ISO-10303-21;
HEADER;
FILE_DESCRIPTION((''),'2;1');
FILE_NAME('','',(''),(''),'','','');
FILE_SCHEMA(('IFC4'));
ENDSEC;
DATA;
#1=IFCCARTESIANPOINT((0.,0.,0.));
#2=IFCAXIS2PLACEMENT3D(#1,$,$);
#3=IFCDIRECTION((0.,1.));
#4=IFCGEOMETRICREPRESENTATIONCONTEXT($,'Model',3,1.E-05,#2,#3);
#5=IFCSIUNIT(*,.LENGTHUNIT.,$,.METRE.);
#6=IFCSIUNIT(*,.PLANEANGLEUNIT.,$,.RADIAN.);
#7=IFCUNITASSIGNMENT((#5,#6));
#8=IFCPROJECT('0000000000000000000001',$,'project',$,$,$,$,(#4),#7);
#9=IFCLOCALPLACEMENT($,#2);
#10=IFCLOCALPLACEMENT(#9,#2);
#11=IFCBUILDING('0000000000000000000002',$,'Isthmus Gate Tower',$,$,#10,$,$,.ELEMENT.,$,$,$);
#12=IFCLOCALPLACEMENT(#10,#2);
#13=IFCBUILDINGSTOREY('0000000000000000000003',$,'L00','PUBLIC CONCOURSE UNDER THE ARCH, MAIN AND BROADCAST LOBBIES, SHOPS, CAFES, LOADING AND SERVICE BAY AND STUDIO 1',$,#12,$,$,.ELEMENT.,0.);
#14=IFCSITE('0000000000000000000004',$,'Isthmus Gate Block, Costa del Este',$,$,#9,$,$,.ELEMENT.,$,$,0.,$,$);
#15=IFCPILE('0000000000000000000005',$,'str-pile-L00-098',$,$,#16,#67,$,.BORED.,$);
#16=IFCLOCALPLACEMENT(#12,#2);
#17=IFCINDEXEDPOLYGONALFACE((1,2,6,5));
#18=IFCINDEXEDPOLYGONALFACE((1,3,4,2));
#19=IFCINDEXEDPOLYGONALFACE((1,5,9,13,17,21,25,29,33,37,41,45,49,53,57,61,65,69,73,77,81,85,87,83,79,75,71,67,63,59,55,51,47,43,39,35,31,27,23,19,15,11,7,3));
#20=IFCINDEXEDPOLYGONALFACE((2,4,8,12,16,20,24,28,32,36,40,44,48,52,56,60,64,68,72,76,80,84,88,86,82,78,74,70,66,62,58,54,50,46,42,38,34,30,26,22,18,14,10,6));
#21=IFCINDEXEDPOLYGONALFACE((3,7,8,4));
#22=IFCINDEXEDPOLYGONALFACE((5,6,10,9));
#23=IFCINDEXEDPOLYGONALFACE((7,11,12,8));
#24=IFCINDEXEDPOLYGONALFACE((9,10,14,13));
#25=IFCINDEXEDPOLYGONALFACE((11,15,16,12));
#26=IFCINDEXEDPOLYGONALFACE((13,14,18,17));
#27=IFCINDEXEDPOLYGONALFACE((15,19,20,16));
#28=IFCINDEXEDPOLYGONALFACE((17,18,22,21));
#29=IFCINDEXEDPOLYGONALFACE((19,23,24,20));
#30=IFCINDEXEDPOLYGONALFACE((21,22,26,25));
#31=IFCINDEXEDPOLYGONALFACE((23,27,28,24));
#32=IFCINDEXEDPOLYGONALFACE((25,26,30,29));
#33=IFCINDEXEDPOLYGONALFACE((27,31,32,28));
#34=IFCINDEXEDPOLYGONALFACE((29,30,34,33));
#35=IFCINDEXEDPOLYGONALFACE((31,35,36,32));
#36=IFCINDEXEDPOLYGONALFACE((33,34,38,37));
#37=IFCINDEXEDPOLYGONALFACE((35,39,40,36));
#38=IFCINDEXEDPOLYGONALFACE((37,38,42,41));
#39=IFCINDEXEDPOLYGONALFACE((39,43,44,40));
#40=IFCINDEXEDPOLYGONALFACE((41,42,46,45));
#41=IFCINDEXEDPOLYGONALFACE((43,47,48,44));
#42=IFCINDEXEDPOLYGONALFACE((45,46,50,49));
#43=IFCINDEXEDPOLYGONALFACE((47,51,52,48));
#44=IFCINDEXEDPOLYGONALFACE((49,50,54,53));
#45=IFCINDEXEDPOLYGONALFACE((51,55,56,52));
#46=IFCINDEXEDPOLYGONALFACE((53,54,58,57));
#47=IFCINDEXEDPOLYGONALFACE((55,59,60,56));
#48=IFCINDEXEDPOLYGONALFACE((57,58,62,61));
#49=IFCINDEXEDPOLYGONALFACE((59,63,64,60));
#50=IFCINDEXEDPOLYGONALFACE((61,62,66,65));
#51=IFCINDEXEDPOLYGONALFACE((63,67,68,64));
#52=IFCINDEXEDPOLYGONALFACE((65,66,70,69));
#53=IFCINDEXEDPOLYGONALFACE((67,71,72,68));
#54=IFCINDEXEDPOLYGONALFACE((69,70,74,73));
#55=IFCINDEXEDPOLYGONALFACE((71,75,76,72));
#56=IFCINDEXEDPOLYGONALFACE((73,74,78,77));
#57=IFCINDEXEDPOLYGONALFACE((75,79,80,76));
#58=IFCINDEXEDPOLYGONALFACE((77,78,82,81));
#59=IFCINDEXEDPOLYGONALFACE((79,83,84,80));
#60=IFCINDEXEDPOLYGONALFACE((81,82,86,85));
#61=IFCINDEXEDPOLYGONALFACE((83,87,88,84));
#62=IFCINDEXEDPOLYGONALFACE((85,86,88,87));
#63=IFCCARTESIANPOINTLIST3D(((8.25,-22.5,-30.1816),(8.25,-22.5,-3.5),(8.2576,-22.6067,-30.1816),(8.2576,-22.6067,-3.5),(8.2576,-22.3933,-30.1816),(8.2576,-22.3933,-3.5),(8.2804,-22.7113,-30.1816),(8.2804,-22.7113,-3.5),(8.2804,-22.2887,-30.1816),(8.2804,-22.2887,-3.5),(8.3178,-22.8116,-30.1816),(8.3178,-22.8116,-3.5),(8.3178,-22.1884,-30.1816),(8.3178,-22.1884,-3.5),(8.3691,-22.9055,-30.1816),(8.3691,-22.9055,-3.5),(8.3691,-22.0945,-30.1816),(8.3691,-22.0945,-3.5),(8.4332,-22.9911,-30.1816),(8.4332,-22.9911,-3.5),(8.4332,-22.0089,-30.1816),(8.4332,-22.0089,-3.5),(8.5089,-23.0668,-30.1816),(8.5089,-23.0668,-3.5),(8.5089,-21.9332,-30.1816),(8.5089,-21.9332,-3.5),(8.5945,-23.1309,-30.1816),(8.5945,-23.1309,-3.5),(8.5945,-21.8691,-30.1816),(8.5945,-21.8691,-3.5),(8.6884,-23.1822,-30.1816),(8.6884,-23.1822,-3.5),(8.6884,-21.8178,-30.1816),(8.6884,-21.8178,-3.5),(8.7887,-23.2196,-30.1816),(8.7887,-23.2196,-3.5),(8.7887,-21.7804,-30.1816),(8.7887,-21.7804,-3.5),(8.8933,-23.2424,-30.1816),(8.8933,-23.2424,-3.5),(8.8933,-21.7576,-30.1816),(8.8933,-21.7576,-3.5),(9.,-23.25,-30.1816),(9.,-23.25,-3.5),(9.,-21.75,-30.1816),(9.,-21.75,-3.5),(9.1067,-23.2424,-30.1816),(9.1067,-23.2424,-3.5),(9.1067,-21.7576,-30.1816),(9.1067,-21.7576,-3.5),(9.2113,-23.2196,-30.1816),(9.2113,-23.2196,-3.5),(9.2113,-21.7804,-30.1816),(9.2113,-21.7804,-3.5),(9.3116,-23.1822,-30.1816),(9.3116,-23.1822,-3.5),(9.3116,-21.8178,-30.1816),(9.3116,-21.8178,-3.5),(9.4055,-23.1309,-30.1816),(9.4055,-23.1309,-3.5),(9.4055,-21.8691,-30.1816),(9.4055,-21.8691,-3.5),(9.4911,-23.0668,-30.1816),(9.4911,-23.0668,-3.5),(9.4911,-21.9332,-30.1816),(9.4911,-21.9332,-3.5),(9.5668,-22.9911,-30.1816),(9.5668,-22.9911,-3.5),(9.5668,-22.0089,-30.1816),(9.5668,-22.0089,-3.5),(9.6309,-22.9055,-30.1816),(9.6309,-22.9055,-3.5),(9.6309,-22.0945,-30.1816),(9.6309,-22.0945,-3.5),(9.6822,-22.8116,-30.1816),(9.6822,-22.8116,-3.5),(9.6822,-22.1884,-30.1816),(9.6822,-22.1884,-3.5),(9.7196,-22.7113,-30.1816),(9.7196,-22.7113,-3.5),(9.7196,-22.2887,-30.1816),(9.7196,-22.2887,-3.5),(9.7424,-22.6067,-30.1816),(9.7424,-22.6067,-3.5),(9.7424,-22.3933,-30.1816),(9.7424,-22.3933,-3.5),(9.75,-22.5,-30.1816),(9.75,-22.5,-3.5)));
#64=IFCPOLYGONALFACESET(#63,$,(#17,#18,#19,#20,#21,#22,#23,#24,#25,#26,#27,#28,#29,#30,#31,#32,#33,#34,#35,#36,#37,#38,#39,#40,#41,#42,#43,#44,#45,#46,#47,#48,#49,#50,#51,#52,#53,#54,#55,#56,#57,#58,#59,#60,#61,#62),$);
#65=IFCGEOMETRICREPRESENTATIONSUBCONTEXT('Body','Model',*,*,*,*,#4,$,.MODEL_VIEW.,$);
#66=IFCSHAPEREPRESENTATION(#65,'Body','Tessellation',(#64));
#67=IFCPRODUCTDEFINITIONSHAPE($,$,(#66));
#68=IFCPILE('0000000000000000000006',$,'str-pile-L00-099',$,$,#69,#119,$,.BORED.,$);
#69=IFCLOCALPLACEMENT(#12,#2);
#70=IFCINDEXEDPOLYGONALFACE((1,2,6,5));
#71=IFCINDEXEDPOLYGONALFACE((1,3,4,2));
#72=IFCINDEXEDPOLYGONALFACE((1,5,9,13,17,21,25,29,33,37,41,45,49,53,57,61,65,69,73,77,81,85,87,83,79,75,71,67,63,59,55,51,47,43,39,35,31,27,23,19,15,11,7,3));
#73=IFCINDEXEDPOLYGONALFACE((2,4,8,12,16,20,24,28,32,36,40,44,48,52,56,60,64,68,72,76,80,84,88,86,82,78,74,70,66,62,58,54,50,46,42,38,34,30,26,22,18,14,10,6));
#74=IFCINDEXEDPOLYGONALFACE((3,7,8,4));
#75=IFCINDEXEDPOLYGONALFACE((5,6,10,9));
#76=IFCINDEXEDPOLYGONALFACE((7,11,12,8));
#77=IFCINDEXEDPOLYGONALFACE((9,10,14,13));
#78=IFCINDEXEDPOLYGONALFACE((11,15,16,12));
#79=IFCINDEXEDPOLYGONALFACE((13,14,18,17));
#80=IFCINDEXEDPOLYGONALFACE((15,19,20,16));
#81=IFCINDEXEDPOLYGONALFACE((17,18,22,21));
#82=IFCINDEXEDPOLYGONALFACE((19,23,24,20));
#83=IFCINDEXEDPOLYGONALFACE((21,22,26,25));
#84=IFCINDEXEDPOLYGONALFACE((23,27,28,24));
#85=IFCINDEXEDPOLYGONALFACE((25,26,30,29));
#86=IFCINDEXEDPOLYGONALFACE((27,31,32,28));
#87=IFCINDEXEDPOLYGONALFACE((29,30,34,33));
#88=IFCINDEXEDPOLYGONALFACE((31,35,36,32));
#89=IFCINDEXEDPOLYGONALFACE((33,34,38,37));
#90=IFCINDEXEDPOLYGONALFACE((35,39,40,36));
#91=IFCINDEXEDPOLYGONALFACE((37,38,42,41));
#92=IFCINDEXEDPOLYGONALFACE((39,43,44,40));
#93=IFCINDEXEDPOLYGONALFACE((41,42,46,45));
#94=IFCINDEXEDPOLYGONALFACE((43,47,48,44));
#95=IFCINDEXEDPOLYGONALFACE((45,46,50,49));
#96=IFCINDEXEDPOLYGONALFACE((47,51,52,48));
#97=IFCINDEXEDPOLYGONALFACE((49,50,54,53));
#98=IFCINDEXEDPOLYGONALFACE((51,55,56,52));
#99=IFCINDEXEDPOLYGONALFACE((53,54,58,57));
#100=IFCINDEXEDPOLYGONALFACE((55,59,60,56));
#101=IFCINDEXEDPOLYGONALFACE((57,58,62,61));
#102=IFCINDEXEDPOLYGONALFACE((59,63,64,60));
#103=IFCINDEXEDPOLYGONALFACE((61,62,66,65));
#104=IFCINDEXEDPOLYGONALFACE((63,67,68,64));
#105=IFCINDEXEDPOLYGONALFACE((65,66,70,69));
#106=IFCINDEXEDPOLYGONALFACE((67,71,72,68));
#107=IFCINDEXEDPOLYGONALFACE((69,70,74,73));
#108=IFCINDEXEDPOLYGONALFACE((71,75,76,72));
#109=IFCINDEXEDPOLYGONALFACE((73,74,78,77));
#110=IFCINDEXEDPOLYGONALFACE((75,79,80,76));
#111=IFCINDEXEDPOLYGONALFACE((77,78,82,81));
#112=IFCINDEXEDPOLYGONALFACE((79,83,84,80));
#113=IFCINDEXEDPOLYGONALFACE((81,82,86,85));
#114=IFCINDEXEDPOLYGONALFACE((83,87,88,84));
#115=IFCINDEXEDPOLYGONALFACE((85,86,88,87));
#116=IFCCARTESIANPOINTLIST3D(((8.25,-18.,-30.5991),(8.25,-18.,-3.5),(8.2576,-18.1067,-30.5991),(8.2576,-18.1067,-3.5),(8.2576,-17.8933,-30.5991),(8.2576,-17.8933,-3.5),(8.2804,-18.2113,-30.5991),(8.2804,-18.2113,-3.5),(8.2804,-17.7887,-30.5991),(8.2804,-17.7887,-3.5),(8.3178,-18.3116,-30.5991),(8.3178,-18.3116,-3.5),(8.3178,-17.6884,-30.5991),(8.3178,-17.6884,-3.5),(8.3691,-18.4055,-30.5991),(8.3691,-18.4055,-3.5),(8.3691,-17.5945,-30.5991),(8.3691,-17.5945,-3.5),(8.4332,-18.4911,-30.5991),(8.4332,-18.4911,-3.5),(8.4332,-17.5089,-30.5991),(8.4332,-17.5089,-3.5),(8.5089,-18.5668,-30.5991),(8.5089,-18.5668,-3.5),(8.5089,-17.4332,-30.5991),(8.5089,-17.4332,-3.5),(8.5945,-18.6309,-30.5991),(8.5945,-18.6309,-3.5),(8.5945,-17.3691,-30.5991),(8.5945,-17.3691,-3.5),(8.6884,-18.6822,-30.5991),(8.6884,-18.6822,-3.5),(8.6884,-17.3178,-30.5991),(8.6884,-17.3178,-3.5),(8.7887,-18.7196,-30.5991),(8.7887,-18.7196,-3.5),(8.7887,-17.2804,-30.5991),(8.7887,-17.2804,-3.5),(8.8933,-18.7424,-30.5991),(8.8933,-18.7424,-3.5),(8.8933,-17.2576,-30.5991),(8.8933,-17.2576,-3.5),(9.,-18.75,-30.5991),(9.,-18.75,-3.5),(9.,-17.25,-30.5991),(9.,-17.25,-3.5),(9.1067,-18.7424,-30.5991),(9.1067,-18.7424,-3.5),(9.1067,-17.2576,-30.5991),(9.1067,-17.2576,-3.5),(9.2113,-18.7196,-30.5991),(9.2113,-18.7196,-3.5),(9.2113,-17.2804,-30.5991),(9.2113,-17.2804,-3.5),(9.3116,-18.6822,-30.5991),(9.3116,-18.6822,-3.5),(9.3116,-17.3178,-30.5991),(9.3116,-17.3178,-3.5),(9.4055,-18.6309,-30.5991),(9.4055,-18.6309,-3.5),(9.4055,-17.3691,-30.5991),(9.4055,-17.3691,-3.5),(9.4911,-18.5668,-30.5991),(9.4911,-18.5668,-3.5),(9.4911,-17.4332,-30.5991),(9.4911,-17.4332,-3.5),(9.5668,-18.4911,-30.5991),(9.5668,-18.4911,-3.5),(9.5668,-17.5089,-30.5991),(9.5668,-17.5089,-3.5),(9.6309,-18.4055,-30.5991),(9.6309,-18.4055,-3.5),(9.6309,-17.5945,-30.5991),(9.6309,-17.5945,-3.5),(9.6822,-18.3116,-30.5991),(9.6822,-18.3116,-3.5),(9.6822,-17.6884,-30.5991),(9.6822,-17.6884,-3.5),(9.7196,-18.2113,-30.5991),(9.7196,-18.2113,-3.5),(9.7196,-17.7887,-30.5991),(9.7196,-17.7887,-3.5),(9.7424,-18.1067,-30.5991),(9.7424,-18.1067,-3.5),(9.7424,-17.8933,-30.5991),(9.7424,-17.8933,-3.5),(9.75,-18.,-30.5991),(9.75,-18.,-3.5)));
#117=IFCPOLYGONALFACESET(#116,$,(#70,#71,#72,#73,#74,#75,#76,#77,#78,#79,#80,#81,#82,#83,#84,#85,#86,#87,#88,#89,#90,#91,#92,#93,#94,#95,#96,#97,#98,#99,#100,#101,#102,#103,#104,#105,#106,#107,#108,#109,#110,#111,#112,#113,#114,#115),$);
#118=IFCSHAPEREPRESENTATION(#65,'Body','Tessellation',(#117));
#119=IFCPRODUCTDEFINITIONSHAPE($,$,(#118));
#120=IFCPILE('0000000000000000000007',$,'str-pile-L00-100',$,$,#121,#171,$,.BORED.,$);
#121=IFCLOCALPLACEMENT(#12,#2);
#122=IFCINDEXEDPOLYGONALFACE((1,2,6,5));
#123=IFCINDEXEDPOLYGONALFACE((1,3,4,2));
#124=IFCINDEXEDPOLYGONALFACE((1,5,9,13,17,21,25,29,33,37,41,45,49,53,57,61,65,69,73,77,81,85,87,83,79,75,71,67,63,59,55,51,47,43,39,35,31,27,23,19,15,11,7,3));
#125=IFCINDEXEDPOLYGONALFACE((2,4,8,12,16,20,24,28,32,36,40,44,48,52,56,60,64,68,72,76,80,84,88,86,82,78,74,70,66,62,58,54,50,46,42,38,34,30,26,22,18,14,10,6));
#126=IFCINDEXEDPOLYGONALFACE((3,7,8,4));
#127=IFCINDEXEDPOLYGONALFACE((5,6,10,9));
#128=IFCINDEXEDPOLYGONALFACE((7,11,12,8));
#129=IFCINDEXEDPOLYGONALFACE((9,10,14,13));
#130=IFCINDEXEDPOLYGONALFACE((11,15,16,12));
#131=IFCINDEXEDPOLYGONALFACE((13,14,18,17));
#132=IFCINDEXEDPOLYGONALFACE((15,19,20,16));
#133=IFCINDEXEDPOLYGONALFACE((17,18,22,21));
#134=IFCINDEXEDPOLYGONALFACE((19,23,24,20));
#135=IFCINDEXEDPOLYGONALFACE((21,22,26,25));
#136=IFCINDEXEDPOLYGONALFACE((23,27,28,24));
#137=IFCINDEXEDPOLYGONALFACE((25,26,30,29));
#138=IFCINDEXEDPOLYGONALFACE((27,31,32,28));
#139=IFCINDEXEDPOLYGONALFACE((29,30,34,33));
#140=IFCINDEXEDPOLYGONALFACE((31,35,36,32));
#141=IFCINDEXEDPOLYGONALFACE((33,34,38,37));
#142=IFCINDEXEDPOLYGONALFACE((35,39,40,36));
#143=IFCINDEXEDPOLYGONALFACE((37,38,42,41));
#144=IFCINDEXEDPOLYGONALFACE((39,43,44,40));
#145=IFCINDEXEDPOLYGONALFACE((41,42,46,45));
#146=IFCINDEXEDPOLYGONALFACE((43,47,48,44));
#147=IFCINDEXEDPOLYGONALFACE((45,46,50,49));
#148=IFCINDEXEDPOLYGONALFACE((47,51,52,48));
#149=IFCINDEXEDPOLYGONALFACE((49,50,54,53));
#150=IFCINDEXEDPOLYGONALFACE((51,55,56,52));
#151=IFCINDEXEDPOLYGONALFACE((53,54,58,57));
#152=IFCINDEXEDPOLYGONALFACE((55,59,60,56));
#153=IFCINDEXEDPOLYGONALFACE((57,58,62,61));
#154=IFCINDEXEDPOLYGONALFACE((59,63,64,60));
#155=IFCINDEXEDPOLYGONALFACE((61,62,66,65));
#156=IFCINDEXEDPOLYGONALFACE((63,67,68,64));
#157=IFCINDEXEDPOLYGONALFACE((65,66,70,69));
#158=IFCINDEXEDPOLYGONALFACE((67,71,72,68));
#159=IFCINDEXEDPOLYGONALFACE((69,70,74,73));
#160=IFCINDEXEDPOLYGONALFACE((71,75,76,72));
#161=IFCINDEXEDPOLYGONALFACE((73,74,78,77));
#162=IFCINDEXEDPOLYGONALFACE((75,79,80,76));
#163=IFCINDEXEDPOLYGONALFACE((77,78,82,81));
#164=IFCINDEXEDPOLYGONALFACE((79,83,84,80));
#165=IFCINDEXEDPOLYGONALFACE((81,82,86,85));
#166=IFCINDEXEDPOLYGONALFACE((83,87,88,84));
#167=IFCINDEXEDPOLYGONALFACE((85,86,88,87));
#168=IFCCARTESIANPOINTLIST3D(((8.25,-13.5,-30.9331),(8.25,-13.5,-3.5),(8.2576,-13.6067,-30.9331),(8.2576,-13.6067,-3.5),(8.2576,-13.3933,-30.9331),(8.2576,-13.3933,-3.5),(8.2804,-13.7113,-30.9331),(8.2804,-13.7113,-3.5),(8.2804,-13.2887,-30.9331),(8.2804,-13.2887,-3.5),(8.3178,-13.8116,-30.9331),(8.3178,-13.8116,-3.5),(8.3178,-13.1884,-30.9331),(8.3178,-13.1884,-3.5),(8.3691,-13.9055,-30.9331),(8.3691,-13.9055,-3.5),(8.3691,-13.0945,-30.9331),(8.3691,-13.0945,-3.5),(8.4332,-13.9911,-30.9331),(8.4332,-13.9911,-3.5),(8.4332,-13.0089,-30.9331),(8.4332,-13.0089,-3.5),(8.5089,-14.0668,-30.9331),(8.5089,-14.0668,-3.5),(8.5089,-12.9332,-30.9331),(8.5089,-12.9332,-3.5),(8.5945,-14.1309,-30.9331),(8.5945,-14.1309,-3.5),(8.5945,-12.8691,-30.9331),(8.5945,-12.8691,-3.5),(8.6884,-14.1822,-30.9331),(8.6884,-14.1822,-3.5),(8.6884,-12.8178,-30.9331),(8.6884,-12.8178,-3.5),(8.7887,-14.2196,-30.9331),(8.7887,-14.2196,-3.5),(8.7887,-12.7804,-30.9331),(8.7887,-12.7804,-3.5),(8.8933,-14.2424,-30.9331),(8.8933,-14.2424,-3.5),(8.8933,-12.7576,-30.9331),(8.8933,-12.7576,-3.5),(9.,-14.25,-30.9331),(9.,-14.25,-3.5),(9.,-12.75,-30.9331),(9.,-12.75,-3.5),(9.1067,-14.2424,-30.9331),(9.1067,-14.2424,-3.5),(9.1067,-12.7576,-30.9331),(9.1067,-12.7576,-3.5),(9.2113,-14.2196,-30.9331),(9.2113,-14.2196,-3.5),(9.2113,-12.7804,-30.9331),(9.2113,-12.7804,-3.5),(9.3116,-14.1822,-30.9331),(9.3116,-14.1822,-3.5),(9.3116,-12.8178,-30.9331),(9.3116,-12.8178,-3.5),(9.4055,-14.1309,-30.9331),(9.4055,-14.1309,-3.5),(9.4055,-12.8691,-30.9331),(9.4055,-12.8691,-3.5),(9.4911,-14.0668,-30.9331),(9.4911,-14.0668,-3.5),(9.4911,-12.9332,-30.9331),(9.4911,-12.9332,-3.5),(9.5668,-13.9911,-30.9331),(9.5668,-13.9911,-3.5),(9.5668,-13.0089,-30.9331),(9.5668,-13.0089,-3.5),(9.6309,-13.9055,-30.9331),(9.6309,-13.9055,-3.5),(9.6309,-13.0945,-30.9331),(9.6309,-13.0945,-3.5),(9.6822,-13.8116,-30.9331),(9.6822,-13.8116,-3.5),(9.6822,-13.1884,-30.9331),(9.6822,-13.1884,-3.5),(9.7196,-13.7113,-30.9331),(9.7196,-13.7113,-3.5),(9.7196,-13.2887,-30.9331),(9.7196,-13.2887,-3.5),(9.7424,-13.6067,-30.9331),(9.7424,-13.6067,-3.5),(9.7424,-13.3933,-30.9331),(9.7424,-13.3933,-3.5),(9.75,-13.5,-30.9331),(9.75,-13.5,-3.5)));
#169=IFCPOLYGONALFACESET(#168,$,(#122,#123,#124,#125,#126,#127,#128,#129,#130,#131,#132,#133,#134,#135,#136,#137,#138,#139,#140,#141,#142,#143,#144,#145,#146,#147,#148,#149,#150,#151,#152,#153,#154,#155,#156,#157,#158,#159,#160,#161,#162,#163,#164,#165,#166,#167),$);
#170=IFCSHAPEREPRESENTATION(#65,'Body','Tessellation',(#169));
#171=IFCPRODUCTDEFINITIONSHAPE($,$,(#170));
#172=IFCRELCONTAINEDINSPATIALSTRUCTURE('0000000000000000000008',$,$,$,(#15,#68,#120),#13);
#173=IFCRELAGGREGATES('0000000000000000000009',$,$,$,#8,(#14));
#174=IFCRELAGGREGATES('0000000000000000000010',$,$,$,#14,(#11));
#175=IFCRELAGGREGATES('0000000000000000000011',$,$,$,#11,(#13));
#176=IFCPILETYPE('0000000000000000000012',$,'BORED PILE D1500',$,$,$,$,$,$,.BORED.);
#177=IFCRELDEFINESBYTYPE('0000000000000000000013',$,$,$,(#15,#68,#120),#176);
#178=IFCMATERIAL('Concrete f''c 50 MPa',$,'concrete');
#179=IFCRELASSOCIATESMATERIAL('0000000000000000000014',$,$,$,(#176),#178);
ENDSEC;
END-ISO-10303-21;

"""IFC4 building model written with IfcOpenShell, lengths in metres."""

from ifc_helpers import new_model, si_unit, direction, frame, origin, origin_2d, place, context, subcontext, project, spatial, circle, extrude, material, material_profile, profile_set, type_object, element, save


model = new_model("IFC4")

# Units and contexts
model_context = context("Model", 3, precision=1e-05, world=origin(), true_north=direction((0.0, 1.0)))
body_context = subcontext(model_context, "Body", "Model", "MODEL_VIEW")
ifc_project = project(units=[si_unit("LENGTHUNIT", "METRE"), si_unit("PLANEANGLEUNIT", "RADIAN")], contexts=[model_context])

# Site, building, storey
site_placement = place(None, origin())
site = spatial("IfcSite", under=ifc_project, at=site_placement, Name="Isthmus Gate Block, Costa del Este", CompositionType="ELEMENT", RefElevation=0.0)
building_placement = place(site_placement, origin())
building = spatial("IfcBuilding", under=site, at=building_placement, Name="Isthmus Gate Tower", CompositionType="ELEMENT")
storey_placement = place(building_placement, origin())
storey = spatial("IfcBuildingStorey", under=building, at=storey_placement, Name="L00", Description="PUBLIC CONCOURSE UNDER THE ARCH, MAIN AND BROADCAST LOBBIES, SHOPS, CAFES, LOADING AND SERVICE BAY AND STUDIO 1", CompositionType="ELEMENT", Elevation=0.0)

# Piles
ifc_material_1 = material(Name="Concrete f'c 50 MPa", Category="concrete")
ifc_material_profile_1 = material_profile(ifc_material_1, circle(Radius=0.75, at=origin_2d()), Name="D1500")
ifc_profile_set_1 = profile_set([ifc_material_profile_1], Name="Concrete f'c 50 MPa")
pile_type_1 = type_object("IfcPileType", Name="BORED PILE D1500", PredefinedType="BORED", material=ifc_profile_set_1)
pile_1_placement = place(storey_placement, frame((9.0, -22.5, -3.5), z_axis=(0.0, 0.0, -1.0), x_axis=(1.0, 0.0, 0.0)))
element("IfcPile", 1, at=pile_1_placement, inside=storey, type_object=pile_type_1, Name="str-pile-L00-098", PredefinedType="BORED", context=body_context, shape_type="SweptSolid", body=[
    extrude(circle(Radius=0.75, at=origin_2d()), origin(), (0.0, 0.0, 1.0), 26.6816),
])
pile_2_placement = place(storey_placement, frame((9.0, -18.0, -3.5), z_axis=(0.0, 0.0, -1.0), x_axis=(1.0, 0.0, 0.0)))
element("IfcPile", 2, at=pile_2_placement, inside=storey, type_object=pile_type_1, Name="str-pile-L00-099", PredefinedType="BORED", context=body_context, shape_type="SweptSolid", body=[
    extrude(circle(Radius=0.75, at=origin_2d()), origin(), (0.0, 0.0, 1.0), 27.0991),
])
pile_3_placement = place(storey_placement, frame((9.0, -13.5, -3.5), z_axis=(0.0, 0.0, -1.0), x_axis=(1.0, 0.0, 0.0)))
element("IfcPile", 3, at=pile_3_placement, inside=storey, type_object=pile_type_1, Name="str-pile-L00-100", PredefinedType="BORED", context=body_context, shape_type="SweptSolid", body=[
    extrude(circle(Radius=0.75, at=origin_2d()), origin(), (0.0, 0.0, 1.0), 27.4331),
])

save(model, "model.ifc")
